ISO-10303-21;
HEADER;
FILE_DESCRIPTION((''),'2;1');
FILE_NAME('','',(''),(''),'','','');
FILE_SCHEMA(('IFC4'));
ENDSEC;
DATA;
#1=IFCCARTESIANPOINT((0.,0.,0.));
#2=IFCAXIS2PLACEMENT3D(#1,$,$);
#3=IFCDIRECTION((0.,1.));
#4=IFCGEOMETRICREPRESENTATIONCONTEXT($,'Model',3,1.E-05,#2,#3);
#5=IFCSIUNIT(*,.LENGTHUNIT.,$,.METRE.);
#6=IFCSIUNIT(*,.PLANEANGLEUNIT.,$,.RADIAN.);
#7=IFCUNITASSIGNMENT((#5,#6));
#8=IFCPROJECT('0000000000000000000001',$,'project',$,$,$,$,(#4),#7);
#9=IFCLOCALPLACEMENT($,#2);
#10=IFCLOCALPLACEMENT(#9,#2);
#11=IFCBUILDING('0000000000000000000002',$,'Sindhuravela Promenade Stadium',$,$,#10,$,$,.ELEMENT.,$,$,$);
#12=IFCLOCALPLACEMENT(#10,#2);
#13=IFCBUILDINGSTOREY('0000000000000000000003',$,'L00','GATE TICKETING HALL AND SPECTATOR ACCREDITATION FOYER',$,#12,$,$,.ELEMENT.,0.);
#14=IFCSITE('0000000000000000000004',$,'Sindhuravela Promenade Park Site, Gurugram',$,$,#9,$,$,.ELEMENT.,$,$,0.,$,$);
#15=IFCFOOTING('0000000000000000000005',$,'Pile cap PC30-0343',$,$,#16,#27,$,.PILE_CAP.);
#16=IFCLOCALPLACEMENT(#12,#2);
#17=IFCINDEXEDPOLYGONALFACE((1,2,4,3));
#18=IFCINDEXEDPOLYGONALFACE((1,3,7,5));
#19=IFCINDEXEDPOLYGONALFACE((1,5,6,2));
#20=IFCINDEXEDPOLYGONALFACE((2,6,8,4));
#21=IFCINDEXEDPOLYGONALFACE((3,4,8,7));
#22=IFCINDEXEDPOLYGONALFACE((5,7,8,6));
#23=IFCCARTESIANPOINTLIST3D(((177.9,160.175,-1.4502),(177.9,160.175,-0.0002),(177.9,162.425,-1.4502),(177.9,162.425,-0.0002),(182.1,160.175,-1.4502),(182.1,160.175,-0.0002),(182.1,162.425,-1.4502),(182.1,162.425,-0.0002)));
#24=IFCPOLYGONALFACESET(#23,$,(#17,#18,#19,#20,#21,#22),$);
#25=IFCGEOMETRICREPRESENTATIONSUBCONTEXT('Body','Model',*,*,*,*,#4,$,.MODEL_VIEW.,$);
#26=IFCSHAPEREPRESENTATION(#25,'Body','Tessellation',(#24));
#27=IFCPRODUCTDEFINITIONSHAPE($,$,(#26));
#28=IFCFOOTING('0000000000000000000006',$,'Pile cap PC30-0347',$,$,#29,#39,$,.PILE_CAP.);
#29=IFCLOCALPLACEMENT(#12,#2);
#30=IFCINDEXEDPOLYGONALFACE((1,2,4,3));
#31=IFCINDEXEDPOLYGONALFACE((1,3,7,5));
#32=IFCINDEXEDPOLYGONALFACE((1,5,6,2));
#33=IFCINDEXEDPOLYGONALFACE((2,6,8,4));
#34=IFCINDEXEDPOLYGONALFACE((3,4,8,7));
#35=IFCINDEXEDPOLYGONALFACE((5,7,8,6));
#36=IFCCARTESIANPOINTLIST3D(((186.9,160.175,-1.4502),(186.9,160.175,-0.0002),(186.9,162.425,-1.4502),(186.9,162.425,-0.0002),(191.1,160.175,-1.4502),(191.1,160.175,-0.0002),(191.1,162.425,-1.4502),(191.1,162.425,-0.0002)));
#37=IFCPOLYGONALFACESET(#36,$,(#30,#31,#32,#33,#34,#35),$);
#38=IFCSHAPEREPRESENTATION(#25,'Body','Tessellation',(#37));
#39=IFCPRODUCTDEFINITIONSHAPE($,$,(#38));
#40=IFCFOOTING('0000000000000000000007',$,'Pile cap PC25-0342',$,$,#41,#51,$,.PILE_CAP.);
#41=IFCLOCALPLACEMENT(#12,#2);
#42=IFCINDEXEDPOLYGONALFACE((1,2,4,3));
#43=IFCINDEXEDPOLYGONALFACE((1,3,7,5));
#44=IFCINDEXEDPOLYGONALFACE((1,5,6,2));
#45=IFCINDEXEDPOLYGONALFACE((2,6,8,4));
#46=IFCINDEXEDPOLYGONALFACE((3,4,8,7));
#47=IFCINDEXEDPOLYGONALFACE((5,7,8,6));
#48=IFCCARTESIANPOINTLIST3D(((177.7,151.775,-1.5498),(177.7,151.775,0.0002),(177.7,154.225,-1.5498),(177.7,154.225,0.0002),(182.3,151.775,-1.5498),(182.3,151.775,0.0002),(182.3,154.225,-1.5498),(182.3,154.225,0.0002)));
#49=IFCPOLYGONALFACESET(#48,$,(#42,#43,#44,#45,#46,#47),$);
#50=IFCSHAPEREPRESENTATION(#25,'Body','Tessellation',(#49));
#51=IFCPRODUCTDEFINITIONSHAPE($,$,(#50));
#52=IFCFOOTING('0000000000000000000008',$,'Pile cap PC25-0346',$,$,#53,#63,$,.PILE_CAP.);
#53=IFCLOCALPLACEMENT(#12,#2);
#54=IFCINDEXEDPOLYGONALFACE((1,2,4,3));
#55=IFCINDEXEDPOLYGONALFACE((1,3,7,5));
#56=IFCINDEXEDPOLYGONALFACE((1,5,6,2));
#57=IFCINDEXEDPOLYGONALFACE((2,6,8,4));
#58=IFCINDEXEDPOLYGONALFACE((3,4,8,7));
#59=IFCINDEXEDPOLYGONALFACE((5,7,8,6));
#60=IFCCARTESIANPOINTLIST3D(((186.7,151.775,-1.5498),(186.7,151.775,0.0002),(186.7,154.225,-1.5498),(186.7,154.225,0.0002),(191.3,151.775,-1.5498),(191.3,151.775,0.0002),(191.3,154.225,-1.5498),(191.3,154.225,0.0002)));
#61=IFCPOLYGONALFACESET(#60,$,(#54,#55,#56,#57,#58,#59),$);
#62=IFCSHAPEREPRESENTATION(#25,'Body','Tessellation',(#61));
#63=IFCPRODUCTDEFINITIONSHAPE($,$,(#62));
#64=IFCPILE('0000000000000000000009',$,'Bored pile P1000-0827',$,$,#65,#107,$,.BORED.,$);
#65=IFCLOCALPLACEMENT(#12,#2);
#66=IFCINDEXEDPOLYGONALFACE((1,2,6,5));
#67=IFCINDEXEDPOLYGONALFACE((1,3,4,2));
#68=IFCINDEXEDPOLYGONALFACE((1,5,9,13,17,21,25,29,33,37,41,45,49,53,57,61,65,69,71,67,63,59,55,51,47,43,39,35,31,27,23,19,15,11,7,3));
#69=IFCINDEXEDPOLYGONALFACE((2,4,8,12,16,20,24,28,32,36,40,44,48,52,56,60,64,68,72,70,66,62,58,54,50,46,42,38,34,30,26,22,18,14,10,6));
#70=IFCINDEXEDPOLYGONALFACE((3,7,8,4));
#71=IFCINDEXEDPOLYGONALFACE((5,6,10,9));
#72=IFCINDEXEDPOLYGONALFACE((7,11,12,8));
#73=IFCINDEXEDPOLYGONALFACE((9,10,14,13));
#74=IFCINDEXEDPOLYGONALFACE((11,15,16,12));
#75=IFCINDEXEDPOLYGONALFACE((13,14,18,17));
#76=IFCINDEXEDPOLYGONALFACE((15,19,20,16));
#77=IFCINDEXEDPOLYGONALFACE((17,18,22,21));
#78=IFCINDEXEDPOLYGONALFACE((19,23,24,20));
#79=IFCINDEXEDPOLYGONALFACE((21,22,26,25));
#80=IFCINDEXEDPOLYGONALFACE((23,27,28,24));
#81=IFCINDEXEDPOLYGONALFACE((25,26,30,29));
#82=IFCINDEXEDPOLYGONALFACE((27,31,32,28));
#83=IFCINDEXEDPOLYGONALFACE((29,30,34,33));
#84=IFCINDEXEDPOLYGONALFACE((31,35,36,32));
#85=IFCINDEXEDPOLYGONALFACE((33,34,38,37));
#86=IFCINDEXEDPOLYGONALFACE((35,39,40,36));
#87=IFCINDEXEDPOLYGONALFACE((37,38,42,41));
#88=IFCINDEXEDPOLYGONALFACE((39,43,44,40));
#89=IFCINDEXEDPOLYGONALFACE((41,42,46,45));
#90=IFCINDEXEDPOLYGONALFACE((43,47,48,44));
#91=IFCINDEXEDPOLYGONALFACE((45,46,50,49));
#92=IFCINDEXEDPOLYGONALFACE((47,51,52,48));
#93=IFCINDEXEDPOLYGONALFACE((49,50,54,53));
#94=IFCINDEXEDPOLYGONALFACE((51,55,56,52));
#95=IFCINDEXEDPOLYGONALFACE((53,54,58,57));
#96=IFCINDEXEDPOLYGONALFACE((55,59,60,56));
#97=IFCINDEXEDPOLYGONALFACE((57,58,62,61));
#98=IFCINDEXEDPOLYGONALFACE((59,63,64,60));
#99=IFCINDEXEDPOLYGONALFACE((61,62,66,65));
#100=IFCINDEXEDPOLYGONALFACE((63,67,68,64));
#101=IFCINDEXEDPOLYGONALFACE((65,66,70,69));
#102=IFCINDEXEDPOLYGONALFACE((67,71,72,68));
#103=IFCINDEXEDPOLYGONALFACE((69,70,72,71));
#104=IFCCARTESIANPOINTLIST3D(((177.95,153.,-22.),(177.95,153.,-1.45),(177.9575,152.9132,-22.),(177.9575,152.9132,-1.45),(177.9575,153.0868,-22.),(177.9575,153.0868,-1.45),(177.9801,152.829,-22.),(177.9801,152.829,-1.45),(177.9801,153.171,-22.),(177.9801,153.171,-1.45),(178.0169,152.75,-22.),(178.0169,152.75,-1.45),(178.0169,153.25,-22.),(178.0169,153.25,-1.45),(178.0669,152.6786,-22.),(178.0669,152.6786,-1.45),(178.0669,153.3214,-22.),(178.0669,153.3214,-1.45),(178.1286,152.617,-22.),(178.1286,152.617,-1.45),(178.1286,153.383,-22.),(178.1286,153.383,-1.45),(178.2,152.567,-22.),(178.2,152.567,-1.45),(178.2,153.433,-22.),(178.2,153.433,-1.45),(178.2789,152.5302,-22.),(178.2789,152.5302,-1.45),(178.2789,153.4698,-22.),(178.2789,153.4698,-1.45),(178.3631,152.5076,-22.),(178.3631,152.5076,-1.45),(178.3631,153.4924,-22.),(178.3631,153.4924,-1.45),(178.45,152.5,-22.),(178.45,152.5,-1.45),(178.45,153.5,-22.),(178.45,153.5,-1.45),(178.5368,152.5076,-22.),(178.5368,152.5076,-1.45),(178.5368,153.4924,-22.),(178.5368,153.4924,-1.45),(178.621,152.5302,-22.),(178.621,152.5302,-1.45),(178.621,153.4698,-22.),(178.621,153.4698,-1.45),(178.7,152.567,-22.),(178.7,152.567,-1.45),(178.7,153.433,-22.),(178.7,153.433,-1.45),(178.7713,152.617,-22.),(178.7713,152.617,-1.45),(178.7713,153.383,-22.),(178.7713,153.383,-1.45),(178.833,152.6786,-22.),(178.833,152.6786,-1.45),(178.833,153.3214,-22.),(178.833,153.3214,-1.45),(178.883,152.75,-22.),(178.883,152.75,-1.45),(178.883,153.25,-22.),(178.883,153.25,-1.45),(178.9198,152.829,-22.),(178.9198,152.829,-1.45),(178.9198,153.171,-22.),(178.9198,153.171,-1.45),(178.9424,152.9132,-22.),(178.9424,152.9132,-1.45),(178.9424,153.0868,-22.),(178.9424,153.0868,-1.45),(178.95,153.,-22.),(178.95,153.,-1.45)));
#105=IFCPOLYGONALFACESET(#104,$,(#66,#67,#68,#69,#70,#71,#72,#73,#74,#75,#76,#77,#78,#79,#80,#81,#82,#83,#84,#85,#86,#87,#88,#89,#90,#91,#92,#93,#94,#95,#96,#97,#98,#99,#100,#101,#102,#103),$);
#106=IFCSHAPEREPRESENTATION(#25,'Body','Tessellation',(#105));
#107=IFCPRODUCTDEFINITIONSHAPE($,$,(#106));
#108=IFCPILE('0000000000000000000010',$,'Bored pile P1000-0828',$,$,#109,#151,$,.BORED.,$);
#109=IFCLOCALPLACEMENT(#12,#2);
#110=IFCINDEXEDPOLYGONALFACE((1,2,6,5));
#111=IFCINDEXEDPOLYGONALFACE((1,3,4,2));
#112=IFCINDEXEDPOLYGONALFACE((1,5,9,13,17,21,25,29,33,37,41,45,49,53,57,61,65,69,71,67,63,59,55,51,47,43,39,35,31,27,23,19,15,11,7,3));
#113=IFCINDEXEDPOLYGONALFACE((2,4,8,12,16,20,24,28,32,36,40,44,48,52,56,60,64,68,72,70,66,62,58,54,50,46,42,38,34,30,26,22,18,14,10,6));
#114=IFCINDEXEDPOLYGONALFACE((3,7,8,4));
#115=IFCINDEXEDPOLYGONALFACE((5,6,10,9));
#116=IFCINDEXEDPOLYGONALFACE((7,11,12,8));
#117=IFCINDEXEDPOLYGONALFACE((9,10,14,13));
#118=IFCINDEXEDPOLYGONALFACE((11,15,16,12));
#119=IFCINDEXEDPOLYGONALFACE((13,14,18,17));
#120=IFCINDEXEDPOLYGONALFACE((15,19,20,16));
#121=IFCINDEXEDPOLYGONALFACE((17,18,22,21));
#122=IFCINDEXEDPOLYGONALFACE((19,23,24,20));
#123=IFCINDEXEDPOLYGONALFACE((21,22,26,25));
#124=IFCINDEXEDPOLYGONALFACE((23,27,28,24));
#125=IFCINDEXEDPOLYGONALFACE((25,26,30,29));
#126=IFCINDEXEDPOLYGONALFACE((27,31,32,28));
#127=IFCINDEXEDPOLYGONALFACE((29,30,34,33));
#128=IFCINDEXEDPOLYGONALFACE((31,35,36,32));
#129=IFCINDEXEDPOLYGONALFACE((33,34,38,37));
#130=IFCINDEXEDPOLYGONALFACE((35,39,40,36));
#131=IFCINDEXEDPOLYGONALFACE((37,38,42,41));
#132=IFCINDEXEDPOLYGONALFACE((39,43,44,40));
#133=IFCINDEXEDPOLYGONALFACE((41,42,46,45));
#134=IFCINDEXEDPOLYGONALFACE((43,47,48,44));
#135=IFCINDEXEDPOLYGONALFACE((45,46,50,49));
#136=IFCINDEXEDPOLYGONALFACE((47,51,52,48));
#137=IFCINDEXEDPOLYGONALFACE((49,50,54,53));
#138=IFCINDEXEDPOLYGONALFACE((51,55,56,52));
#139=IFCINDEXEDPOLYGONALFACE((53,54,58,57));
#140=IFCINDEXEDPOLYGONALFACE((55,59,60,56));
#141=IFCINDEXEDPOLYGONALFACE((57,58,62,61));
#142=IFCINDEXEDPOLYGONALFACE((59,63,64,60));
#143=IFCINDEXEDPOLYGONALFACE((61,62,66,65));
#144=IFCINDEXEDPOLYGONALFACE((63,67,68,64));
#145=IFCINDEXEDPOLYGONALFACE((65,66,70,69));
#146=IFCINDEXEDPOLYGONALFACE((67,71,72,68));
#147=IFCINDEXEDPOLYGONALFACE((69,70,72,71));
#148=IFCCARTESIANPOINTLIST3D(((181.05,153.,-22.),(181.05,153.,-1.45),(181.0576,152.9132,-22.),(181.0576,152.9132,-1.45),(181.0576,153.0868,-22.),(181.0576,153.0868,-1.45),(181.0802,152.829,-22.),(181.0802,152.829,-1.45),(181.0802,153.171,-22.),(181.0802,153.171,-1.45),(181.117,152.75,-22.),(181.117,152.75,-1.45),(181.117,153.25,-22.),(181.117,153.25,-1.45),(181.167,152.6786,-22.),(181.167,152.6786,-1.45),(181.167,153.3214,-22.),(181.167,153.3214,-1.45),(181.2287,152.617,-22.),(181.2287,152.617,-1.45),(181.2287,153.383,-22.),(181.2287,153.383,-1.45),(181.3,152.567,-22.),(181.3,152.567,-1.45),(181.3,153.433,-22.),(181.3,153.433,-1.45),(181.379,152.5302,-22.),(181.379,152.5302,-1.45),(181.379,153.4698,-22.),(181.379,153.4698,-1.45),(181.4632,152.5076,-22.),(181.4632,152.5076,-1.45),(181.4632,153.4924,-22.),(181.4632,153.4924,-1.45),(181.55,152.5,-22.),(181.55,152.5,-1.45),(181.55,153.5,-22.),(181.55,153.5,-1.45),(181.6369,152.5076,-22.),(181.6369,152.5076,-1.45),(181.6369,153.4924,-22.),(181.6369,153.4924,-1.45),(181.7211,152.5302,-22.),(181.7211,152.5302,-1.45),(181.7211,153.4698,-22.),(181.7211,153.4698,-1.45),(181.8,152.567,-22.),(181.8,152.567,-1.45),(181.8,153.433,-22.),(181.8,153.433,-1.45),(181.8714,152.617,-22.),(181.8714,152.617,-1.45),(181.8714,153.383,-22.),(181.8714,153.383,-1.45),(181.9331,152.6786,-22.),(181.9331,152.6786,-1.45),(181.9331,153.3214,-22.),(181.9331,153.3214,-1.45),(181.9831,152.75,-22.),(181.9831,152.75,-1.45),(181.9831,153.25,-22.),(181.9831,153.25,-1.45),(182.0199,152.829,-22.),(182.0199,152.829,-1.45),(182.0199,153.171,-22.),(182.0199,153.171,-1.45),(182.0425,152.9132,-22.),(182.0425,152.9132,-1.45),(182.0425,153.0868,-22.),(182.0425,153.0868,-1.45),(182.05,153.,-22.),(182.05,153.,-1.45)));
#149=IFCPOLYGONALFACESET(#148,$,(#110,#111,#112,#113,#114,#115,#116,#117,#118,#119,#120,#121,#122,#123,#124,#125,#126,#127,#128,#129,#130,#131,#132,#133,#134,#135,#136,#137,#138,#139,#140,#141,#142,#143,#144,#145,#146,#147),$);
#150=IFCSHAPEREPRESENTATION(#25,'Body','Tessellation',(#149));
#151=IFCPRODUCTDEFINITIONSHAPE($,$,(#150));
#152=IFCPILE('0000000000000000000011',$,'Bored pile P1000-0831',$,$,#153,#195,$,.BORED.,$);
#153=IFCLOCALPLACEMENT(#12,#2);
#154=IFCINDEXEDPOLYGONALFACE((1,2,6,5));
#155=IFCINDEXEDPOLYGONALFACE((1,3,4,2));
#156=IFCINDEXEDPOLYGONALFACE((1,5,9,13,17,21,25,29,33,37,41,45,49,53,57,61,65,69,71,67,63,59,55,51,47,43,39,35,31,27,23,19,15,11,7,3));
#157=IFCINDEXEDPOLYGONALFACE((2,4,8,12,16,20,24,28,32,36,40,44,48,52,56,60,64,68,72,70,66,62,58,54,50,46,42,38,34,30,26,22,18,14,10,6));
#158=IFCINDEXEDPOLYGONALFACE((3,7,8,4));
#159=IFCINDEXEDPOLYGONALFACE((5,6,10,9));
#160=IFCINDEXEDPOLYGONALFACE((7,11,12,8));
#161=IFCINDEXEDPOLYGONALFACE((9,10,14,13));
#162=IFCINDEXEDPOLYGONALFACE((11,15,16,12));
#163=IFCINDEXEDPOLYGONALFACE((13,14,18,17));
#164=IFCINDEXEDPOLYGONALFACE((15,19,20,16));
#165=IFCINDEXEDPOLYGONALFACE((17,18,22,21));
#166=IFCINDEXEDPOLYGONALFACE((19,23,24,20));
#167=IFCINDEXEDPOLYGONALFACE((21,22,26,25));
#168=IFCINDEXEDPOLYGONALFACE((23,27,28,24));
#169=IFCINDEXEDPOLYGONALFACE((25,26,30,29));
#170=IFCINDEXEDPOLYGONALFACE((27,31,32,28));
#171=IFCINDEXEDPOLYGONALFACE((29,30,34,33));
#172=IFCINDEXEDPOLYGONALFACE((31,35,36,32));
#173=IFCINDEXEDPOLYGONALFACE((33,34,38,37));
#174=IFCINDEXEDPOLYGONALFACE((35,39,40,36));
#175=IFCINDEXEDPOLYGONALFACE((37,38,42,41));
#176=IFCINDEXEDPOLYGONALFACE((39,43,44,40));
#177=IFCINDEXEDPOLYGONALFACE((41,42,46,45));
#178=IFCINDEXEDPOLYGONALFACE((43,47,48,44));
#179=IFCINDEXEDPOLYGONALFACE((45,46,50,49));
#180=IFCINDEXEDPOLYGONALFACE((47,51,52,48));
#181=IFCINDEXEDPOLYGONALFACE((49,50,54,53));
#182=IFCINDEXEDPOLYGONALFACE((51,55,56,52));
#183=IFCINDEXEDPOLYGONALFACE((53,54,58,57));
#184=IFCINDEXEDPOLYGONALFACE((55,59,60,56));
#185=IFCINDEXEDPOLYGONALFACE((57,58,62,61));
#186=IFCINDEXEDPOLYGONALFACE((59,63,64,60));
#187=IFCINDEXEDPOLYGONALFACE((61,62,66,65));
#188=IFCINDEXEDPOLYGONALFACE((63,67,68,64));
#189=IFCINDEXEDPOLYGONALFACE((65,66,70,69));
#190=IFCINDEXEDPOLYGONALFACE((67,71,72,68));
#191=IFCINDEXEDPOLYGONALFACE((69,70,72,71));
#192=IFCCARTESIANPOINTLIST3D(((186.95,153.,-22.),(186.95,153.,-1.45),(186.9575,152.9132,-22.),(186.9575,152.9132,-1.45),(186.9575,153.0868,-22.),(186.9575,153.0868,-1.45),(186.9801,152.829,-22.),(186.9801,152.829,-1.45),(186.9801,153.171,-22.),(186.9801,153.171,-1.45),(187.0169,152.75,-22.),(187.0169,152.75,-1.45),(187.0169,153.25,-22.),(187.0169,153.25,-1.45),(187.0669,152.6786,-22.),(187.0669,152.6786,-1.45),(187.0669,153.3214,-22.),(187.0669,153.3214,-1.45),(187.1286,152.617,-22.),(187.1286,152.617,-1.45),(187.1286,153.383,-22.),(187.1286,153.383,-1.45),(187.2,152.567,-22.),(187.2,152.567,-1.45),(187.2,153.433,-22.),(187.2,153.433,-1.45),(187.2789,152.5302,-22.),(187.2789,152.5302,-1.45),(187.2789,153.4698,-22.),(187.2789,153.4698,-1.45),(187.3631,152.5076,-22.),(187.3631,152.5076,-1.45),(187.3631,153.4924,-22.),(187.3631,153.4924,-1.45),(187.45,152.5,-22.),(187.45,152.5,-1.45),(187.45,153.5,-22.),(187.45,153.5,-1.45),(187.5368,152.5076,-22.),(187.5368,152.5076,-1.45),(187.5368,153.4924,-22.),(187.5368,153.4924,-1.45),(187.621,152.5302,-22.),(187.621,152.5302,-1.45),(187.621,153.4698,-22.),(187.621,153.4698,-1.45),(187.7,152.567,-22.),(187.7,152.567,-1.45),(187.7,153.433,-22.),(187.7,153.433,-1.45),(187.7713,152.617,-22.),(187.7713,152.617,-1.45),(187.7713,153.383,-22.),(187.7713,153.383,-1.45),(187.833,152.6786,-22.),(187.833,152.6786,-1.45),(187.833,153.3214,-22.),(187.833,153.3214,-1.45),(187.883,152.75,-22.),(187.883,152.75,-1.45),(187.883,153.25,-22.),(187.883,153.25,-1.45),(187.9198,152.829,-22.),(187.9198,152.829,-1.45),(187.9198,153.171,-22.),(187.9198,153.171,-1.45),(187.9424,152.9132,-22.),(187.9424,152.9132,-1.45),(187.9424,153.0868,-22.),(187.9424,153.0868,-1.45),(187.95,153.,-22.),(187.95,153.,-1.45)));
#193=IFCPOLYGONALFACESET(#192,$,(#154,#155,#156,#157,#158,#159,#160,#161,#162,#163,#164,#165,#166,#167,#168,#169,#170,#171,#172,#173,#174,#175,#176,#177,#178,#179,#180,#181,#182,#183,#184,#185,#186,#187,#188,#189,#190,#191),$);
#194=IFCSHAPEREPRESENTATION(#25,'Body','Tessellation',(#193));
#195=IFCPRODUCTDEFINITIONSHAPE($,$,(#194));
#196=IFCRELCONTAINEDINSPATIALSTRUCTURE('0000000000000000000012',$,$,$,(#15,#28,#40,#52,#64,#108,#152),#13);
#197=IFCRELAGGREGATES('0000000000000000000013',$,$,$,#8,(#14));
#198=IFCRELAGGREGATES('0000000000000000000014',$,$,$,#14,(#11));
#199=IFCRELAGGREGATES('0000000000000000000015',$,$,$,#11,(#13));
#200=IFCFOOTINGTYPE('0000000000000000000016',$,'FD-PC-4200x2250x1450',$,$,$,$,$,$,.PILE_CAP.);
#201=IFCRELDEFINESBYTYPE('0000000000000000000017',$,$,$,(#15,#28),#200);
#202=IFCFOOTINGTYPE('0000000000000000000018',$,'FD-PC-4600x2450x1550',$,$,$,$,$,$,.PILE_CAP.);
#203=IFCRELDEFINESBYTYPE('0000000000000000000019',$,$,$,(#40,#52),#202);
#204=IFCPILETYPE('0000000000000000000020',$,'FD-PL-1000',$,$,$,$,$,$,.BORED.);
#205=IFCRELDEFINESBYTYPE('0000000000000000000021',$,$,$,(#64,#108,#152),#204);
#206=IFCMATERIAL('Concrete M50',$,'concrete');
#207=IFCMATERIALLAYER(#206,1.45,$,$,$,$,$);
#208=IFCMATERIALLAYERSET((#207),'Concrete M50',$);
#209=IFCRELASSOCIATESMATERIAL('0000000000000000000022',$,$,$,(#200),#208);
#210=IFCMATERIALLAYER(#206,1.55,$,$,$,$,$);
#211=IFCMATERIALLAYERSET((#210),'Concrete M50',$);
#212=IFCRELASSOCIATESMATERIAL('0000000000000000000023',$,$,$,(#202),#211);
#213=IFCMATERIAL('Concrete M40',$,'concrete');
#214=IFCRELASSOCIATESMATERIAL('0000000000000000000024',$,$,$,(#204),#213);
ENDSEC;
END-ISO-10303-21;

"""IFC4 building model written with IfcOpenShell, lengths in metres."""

from ifc_helpers import new_model, si_unit, direction, frame, origin, origin_2d, place, context, subcontext, project, spatial, rectangle, circle, extrude, material, layer, layer_set, material_profile, profile_set, type_object, element, save


model = new_model("IFC4")

# Units and contexts
model_context = context("Model", 3, precision=1e-05, world=origin(), true_north=direction((0.0, 1.0)))
body_context = subcontext(model_context, "Body", "Model", "MODEL_VIEW")
ifc_project = project(units=[si_unit("LENGTHUNIT", "METRE"), si_unit("PLANEANGLEUNIT", "RADIAN")], contexts=[model_context])

# Site, building, storey
site_placement = place(None, origin())
site = spatial("IfcSite", under=ifc_project, at=site_placement, Name="Sindhuravela Promenade Park Site, Gurugram", CompositionType="ELEMENT", RefElevation=0.0)
building_placement = place(site_placement, origin())
building = spatial("IfcBuilding", under=site, at=building_placement, Name="Sindhuravela Promenade Stadium", CompositionType="ELEMENT")
storey_placement = place(building_placement, origin())
storey = spatial("IfcBuildingStorey", under=building, at=storey_placement, Name="L00", Description="GATE TICKETING HALL AND SPECTATOR ACCREDITATION FOYER", CompositionType="ELEMENT", Elevation=0.0)

# Footings
ifc_material_1 = material(Name="Concrete M50", Category="concrete")
ifc_layer_1 = layer(ifc_material_1, 1.45)
ifc_layer_set_1 = layer_set([ifc_layer_1], Name="Concrete M50")
footing_type_1 = type_object("IfcFootingType", Name="FD-PC-4200x2250x1450", PredefinedType="PILE_CAP", material=ifc_layer_set_1)
for number, where, z_axis, x_axis, name in (
    (1, (180.0, 161.3, -1.4502), (0.0, 0.0, 1.0), (1.0, 0.0, 0.0), "Pile cap PC30-0343"),
    (2, (189.0, 161.3, -1.4502), (0.0, 0.0, 1.0), (1.0, 0.0, 0.0), "Pile cap PC30-0347"),
):
    element("IfcFooting", number, at=place(storey_placement, frame(where, z_axis=z_axis, x_axis=x_axis)), inside=storey, type_object=footing_type_1, Name=name, PredefinedType="PILE_CAP", context=body_context, shape_type="SweptSolid", body=[
        extrude(rectangle(XDim=4.2, YDim=2.25, at=origin_2d()), origin(), (0.0, 0.0, 1.0), 1.45),
    ])
ifc_layer_2 = layer(ifc_material_1, 1.55)
ifc_layer_set_2 = layer_set([ifc_layer_2], Name="Concrete M50")
footing_type_2 = type_object("IfcFootingType", Name="FD-PC-4600x2450x1550", PredefinedType="PILE_CAP", material=ifc_layer_set_2)
for number, where, z_axis, x_axis, name in (
    (3, (180.0, 153.0, -1.5498), (0.0, 0.0, 1.0), (1.0, 0.0, 0.0), "Pile cap PC25-0342"),
    (4, (189.0, 153.0, -1.5498), (0.0, 0.0, 1.0), (1.0, 0.0, 0.0), "Pile cap PC25-0346"),
):
    element("IfcFooting", number, at=place(storey_placement, frame(where, z_axis=z_axis, x_axis=x_axis)), inside=storey, type_object=footing_type_2, Name=name, PredefinedType="PILE_CAP", context=body_context, shape_type="SweptSolid", body=[
        extrude(rectangle(XDim=4.6001, YDim=2.45, at=origin_2d()), origin(), (0.0, 0.0, 1.0), 1.55),
    ])

# Piles
ifc_material_2 = material(Name="Concrete M40", Category="concrete")
ifc_material_profile_1 = material_profile(ifc_material_2, circle(Radius=0.5, at=origin_2d()), Name="BORED PILE D1000")
ifc_profile_set_1 = profile_set([ifc_material_profile_1], Name="Concrete M40")
pile_type_1 = type_object("IfcPileType", Name="FD-PL-1000", PredefinedType="BORED", material=ifc_profile_set_1)
for number, where, z_axis, x_axis, name in (
    (5, (178.45, 153.0, -1.45), (0.0, 0.0, -1.0), (1.0, 0.0, 0.0), "Bored pile P1000-0827"),
    (6, (181.55, 153.0, -1.45), (0.0, 0.0, -1.0), (1.0, 0.0, 0.0), "Bored pile P1000-0828"),
    (7, (187.45, 153.0, -1.45), (0.0, 0.0, -1.0), (1.0, 0.0, 0.0), "Bored pile P1000-0831"),
):
    element("IfcPile", number, at=place(storey_placement, frame(where, z_axis=z_axis, x_axis=x_axis)), inside=storey, type_object=pile_type_1, Name=name, PredefinedType="BORED", context=body_context, shape_type="SweptSolid", body=[
        extrude(circle(Radius=0.5, at=origin_2d()), origin(), (0.0, 0.0, 1.0), 20.55),
    ])

save(model, "model.ifc")
